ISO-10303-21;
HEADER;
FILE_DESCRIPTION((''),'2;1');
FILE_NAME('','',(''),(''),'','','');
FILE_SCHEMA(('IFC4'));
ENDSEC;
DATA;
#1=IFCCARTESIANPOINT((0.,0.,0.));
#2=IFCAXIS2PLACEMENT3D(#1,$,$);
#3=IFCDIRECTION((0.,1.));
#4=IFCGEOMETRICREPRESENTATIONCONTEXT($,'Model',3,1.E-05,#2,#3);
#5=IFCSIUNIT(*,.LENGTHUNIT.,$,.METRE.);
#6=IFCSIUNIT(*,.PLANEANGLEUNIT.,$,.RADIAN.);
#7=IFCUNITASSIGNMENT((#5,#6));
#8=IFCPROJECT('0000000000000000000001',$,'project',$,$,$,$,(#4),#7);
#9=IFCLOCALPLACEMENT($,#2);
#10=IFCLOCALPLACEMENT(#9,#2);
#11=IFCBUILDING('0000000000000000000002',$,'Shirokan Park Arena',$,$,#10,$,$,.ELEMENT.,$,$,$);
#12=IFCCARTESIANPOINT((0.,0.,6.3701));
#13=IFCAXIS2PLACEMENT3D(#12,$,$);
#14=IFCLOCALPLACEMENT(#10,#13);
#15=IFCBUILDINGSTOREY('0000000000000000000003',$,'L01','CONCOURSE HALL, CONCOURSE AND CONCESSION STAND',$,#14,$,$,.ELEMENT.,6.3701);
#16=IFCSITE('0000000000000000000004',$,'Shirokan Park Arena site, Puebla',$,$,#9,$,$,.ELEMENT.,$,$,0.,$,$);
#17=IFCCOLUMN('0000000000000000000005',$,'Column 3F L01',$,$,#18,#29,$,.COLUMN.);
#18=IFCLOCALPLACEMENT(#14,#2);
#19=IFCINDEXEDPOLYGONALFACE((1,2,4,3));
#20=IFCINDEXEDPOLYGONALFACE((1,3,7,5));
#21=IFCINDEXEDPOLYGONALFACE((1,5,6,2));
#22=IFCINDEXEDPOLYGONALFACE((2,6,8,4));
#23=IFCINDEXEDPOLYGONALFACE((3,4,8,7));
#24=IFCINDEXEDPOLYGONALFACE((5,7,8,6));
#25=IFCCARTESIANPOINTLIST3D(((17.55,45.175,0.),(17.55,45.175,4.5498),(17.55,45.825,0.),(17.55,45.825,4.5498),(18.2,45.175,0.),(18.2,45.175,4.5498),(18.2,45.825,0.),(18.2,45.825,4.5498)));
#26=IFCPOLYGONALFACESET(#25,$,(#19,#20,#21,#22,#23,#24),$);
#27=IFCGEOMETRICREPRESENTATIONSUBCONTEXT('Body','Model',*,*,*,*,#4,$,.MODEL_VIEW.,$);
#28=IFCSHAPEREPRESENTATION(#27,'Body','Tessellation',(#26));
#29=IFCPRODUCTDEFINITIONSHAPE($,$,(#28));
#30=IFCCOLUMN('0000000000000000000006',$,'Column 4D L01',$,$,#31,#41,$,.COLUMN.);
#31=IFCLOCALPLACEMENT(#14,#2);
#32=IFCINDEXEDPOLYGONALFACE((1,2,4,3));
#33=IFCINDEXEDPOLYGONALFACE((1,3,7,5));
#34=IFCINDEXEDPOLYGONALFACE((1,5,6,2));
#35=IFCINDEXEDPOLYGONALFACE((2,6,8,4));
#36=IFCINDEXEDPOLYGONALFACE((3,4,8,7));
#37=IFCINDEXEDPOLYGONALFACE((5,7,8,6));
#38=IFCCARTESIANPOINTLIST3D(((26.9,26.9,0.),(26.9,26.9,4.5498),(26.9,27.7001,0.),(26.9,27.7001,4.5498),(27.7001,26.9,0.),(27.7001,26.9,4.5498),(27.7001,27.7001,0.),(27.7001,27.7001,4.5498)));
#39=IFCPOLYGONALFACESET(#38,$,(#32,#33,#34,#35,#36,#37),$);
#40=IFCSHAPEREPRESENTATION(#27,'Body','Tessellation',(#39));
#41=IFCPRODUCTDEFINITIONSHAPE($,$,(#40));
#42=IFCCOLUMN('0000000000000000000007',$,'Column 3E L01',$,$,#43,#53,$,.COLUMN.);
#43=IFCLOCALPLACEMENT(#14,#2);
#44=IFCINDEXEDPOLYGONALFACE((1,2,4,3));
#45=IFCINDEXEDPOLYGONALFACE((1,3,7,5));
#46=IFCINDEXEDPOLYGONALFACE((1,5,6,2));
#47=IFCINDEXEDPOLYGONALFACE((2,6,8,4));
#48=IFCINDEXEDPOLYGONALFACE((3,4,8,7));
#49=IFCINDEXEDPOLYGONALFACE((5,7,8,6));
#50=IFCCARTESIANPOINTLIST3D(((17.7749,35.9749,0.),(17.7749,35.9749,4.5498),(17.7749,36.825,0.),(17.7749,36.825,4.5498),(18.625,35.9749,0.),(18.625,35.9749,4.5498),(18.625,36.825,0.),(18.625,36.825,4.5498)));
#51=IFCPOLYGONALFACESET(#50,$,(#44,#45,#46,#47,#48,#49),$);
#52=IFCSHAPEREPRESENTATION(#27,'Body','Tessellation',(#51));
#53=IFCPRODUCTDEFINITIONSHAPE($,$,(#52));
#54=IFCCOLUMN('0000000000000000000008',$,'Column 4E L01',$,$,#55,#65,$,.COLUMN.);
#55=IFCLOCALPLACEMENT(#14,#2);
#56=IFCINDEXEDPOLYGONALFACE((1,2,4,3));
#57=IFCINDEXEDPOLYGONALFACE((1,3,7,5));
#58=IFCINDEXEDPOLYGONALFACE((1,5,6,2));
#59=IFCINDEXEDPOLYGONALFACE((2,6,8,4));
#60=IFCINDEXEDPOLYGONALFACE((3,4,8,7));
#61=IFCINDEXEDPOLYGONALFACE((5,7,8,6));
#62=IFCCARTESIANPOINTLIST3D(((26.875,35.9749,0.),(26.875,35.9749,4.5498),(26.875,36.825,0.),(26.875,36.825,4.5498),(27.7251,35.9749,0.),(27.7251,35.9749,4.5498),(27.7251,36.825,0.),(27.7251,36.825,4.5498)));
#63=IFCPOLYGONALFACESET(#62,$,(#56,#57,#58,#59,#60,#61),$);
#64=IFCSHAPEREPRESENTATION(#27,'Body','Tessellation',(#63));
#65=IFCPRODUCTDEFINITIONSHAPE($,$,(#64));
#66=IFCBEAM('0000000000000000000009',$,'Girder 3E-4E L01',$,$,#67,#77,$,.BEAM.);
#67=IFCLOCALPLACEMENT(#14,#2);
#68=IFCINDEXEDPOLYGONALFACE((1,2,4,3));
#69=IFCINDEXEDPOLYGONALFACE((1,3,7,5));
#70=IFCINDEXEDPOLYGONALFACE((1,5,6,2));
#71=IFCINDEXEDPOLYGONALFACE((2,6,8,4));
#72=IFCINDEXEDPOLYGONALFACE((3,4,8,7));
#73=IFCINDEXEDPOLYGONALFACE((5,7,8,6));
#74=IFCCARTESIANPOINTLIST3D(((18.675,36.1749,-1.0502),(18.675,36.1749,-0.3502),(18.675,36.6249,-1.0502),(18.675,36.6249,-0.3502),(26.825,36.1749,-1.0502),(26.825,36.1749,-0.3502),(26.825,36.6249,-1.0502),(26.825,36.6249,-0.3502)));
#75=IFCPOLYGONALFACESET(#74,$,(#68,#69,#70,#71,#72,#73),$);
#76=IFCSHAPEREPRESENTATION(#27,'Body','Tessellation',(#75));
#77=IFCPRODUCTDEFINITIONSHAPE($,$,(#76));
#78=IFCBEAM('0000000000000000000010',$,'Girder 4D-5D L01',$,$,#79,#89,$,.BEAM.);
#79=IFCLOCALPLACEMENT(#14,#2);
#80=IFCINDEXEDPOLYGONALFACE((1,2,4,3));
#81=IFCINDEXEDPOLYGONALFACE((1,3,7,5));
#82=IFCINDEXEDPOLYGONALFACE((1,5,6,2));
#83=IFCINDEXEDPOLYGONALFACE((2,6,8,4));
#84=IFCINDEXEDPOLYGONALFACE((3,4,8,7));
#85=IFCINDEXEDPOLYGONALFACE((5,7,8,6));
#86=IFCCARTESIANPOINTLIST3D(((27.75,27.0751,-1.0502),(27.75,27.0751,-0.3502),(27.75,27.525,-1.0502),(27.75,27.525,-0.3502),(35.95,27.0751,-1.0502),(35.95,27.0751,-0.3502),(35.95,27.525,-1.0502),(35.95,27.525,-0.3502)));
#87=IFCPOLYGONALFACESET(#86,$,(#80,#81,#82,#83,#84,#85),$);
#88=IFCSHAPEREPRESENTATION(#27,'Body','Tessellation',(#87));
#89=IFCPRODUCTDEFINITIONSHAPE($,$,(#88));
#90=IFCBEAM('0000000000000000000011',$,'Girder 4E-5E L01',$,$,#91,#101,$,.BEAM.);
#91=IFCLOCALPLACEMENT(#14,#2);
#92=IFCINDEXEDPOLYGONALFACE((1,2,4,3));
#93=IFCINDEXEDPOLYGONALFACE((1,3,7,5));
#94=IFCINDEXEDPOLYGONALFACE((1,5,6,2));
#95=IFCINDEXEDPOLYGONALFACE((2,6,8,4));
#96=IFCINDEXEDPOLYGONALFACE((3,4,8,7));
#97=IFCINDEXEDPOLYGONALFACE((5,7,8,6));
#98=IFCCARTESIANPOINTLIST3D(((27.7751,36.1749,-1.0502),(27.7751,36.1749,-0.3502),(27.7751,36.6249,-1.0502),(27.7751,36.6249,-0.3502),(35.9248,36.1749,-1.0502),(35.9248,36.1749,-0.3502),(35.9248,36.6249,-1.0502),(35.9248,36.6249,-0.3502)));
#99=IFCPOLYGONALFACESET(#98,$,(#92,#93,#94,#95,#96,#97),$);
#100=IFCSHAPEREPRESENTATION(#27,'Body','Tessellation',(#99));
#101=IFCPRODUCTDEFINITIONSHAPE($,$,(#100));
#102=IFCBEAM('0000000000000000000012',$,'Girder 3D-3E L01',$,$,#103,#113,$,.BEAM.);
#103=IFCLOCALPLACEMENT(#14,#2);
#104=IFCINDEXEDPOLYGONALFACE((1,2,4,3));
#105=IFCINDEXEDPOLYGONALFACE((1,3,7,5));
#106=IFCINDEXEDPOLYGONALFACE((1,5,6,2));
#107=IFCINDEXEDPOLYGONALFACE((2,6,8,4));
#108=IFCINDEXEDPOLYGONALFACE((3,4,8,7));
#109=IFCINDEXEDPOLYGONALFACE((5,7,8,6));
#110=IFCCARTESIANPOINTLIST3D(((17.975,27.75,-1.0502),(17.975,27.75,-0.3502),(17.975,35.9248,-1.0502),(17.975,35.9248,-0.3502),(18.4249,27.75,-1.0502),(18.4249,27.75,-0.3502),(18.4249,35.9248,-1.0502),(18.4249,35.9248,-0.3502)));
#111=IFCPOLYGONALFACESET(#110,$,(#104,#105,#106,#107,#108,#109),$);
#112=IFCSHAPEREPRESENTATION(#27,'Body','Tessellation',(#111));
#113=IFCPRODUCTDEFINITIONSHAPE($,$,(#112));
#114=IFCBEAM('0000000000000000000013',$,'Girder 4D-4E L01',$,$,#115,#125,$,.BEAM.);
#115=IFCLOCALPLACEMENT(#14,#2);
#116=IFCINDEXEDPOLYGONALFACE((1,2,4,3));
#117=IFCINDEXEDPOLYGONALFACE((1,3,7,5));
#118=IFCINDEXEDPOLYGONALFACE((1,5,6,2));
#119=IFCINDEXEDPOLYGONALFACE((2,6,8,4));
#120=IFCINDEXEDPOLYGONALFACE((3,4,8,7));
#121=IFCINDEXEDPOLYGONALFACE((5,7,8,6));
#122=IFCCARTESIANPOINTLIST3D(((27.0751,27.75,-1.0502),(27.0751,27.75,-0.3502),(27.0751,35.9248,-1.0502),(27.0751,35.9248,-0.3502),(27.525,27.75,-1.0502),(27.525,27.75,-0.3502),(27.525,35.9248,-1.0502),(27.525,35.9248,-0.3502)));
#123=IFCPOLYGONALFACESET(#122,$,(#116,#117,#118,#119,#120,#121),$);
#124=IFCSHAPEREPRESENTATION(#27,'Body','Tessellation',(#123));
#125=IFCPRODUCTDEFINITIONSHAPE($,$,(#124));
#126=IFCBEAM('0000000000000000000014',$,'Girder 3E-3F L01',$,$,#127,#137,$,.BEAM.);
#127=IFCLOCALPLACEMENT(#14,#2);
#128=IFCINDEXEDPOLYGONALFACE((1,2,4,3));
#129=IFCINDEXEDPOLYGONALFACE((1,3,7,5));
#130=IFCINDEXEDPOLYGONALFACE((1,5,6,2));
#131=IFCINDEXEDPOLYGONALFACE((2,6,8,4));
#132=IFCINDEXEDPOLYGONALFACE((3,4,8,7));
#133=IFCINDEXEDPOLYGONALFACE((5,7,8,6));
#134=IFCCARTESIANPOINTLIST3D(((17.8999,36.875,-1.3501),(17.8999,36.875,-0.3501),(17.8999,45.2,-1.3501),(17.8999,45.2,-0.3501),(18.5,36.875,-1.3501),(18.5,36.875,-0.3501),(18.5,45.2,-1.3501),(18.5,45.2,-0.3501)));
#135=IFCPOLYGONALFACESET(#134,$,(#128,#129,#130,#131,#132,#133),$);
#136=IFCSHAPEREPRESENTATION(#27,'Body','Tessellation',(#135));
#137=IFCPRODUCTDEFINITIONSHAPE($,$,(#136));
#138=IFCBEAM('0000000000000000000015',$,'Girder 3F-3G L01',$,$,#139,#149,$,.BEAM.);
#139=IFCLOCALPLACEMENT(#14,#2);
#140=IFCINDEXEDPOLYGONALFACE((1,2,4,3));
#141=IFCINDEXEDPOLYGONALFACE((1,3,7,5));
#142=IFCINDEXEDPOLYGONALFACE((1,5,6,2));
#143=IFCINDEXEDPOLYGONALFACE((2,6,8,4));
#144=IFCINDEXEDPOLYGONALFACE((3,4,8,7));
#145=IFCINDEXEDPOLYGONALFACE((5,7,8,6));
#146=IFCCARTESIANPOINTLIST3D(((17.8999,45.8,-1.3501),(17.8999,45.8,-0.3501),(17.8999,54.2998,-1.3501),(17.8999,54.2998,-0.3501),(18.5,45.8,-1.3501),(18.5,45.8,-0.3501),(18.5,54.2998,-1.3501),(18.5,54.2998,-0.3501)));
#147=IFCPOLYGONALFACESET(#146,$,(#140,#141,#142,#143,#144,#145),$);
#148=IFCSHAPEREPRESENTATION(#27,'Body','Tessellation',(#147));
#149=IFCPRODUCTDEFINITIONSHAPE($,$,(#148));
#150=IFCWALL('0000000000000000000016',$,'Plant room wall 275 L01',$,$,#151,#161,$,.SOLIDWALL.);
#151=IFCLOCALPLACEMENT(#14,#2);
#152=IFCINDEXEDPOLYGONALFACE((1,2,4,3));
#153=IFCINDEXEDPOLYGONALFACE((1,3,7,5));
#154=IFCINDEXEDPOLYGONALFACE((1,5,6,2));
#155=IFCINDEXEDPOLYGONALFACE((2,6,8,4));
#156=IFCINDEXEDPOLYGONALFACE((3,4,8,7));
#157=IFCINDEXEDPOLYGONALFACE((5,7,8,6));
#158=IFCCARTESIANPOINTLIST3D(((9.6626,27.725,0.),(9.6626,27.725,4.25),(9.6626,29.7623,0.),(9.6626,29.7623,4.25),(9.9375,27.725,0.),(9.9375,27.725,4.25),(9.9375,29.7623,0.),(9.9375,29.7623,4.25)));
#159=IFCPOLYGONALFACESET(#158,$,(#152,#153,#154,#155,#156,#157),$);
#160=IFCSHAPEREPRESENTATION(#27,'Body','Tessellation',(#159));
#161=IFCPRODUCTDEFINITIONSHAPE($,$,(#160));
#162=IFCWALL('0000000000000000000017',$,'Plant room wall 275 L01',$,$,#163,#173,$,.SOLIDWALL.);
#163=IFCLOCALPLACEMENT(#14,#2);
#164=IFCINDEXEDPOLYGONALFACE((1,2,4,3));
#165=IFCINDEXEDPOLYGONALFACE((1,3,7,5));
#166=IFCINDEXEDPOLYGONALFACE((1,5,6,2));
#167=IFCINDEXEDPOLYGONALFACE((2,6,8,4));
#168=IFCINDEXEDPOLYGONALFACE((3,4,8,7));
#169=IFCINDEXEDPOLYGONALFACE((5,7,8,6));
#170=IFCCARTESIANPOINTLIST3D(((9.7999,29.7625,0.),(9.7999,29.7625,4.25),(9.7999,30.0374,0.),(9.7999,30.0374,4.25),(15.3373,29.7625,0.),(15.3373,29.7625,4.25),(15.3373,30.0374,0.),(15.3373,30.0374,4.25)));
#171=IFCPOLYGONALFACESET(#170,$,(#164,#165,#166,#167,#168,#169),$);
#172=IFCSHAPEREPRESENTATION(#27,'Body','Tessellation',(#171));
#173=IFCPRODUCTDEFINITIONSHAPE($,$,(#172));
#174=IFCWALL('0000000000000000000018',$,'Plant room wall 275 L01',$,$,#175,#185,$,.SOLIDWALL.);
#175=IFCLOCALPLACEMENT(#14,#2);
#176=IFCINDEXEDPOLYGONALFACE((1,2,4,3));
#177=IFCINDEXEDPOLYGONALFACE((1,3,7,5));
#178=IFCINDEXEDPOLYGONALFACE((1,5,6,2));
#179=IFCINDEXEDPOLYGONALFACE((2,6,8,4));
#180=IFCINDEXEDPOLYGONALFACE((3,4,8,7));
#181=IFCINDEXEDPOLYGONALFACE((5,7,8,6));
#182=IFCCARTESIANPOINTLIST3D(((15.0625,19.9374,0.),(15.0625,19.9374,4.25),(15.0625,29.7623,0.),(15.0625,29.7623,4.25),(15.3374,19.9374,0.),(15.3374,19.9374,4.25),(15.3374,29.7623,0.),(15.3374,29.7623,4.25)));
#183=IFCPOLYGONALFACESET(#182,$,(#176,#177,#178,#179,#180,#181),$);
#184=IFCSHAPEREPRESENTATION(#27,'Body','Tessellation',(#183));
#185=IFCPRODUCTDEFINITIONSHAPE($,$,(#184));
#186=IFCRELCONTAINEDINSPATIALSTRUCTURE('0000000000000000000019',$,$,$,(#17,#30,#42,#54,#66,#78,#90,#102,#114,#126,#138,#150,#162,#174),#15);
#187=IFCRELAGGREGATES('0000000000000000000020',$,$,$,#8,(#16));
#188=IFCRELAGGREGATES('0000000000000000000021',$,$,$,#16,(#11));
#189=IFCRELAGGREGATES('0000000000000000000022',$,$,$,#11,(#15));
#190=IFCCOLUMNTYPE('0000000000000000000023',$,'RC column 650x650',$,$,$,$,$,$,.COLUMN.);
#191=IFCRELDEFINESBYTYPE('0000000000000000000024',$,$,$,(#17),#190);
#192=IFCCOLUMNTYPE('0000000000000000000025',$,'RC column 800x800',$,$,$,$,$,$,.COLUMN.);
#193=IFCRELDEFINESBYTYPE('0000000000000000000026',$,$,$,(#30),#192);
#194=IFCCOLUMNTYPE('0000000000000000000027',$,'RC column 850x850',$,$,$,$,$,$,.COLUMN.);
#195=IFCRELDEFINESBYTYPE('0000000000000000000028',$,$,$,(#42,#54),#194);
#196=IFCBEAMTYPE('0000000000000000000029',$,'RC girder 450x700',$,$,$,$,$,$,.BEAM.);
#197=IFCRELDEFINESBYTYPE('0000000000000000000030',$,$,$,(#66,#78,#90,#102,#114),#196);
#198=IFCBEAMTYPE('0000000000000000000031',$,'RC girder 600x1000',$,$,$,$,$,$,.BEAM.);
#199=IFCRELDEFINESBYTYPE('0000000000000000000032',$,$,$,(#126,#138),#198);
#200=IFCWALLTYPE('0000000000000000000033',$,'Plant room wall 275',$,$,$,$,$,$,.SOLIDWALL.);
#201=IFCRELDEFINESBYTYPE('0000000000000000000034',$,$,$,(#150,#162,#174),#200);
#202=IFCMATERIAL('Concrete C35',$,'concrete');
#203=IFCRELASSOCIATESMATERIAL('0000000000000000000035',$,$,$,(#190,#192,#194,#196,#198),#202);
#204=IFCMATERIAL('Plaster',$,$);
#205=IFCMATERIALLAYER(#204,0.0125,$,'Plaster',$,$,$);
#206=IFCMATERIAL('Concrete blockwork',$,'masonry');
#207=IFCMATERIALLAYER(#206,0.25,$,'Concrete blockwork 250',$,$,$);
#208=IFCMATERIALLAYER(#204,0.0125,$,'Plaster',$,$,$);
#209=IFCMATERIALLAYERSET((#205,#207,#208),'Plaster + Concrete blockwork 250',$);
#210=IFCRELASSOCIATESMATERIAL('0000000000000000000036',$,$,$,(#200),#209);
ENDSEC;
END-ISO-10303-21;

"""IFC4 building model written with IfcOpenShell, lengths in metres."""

from ifc_helpers import new_model, si_unit, direction, frame, frame_2d, origin, origin_2d, place, context, subcontext, project, spatial, rectangle, extrude, material, layer, layer_set, material_profile, profile_set, type_object, element, save


model = new_model("IFC4")

# Units and contexts
model_context = context("Model", 3, precision=1e-05, world=origin(), true_north=direction((0.0, 1.0)))
body_context = subcontext(model_context, "Body", "Model", "MODEL_VIEW")
ifc_project = project(units=[si_unit("LENGTHUNIT", "METRE"), si_unit("PLANEANGLEUNIT", "RADIAN")], contexts=[model_context])

# Site, building, storey
site_placement = place(None, origin())
site = spatial("IfcSite", under=ifc_project, at=site_placement, Name="Shirokan Park Arena site, Puebla", CompositionType="ELEMENT", RefElevation=0.0)
building_placement = place(site_placement, origin())
building = spatial("IfcBuilding", under=site, at=building_placement, Name="Shirokan Park Arena", CompositionType="ELEMENT")
storey_placement = place(building_placement, frame((0.0, 0.0, 6.3701)))
storey = spatial("IfcBuildingStorey", under=building, at=storey_placement, Name="L01", Description="CONCOURSE HALL, CONCOURSE AND CONCESSION STAND", CompositionType="ELEMENT", Elevation=6.3701)

# Columns
ifc_material_1 = material(Name="Concrete C35", Category="concrete")
ifc_material_profile_1 = material_profile(ifc_material_1, rectangle(XDim=0.6499, YDim=0.6499, at=origin_2d()), Name="650x650")
ifc_profile_set_1 = profile_set([ifc_material_profile_1], Name="Concrete C35")
column_type_1 = type_object("IfcColumnType", Name="RC column 650x650", PredefinedType="COLUMN", material=ifc_profile_set_1)
column_1_placement = place(storey_placement, frame((17.875, 45.5, 0.0), z_axis=(0.0, 0.0, 1.0), x_axis=(1.0, 0.0, 0.0)))
element("IfcColumn", 1, at=column_1_placement, inside=storey, type_object=column_type_1, Name="Column 3F L01", PredefinedType="COLUMN", context=body_context, shape_type="SweptSolid", body=[
    extrude(rectangle(XDim=0.6499, YDim=0.6499, at=origin_2d()), origin(), (0.0, 0.0, 1.0), 4.5498),
])
ifc_material_profile_2 = material_profile(ifc_material_1, rectangle(XDim=0.8, YDim=0.8, at=origin_2d()), Name="800x800")
ifc_profile_set_2 = profile_set([ifc_material_profile_2], Name="Concrete C35")
column_type_2 = type_object("IfcColumnType", Name="RC column 800x800", PredefinedType="COLUMN", material=ifc_profile_set_2)
column_2_placement = place(storey_placement, frame((27.3, 27.3, 0.0), z_axis=(0.0, 0.0, 1.0), x_axis=(1.0, 0.0, 0.0)))
element("IfcColumn", 2, at=column_2_placement, inside=storey, type_object=column_type_2, Name="Column 4D L01", PredefinedType="COLUMN", context=body_context, shape_type="SweptSolid", body=[
    extrude(rectangle(XDim=0.8, YDim=0.8, at=origin_2d()), origin(), (0.0, 0.0, 1.0), 4.5498),
])
ifc_material_profile_3 = material_profile(ifc_material_1, rectangle(XDim=0.8501, YDim=0.8501, at=origin_2d()), Name="850x850")
ifc_profile_set_3 = profile_set([ifc_material_profile_3], Name="Concrete C35")
column_type_3 = type_object("IfcColumnType", Name="RC column 850x850", PredefinedType="COLUMN", material=ifc_profile_set_3)
for number, where, z_axis, x_axis, name in (
    (3, (18.2, 36.3999, 0.0), (0.0, 0.0, 1.0), (1.0, 0.0, 0.0), "Column 3E L01"),
    (4, (27.3, 36.3999, 0.0), (0.0, 0.0, 1.0), (1.0, 0.0, 0.0), "Column 4E L01"),
):
    element("IfcColumn", number, at=place(storey_placement, frame(where, z_axis=z_axis, x_axis=x_axis)), inside=storey, type_object=column_type_3, Name=name, PredefinedType="COLUMN", context=body_context, shape_type="SweptSolid", body=[
        extrude(rectangle(XDim=0.8501, YDim=0.8501, at=origin_2d()), origin(), (0.0, 0.0, 1.0), 4.5498),
    ])

# Beams
ifc_material_profile_4 = material_profile(ifc_material_1, rectangle(XDim=0.45, YDim=0.7, at=origin_2d()), Name="450x700")
ifc_profile_set_4 = profile_set([ifc_material_profile_4], Name="Concrete C35")
beam_type_1 = type_object("IfcBeamType", Name="RC girder 450x700", PredefinedType="BEAM", material=ifc_profile_set_4)
beam_1_placement = place(storey_placement, frame((18.675, 36.3999, -0.7002), z_axis=(1.0, 0.0, 0.0), x_axis=(0.0, 1.0, 0.0)))
element("IfcBeam", 5, at=beam_1_placement, inside=storey, type_object=beam_type_1, Name="Girder 3E-4E L01", PredefinedType="BEAM", context=body_context, shape_type="SweptSolid", body=[
    extrude(rectangle(XDim=0.45, YDim=0.7, at=origin_2d()), origin(), (0.0, 0.0, 1.0), 8.1499),
])
beam_2_placement = place(storey_placement, frame((27.75, 27.3, -0.7002), z_axis=(1.0, 0.0, 0.0), x_axis=(0.0, 1.0, 0.0)))
element("IfcBeam", 6, at=beam_2_placement, inside=storey, type_object=beam_type_1, Name="Girder 4D-5D L01", PredefinedType="BEAM", context=body_context, shape_type="SweptSolid", body=[
    extrude(rectangle(XDim=0.45, YDim=0.7, at=origin_2d()), origin(), (0.0, 0.0, 1.0), 8.2),
])
beam_3_placement = place(storey_placement, frame((27.7751, 36.3999, -0.7002), z_axis=(1.0, 0.0, 0.0), x_axis=(0.0, 1.0, 0.0)))
element("IfcBeam", 7, at=beam_3_placement, inside=storey, type_object=beam_type_1, Name="Girder 4E-5E L01", PredefinedType="BEAM", context=body_context, shape_type="SweptSolid", body=[
    extrude(rectangle(XDim=0.45, YDim=0.7, at=origin_2d()), origin(), (0.0, 0.0, 1.0), 8.1497),
])
for number, where, z_axis, x_axis, name in (
    (8, (18.2, 27.75, -0.7002), (0.0, 1.0, 0.0), (-1.0, 0.0, 0.0), "Girder 3D-3E L01"),
    (9, (27.3, 27.75, -0.7002), (0.0, 1.0, 0.0), (-1.0, 0.0, 0.0), "Girder 4D-4E L01"),
):
    element("IfcBeam", number, at=place(storey_placement, frame(where, z_axis=z_axis, x_axis=x_axis)), inside=storey, type_object=beam_type_1, Name=name, PredefinedType="BEAM", context=body_context, shape_type="SweptSolid", body=[
        extrude(rectangle(XDim=0.45, YDim=0.7, at=origin_2d()), origin(), (0.0, 0.0, 1.0), 8.1748),
    ])
ifc_material_profile_5 = material_profile(ifc_material_1, rectangle(XDim=0.6001, YDim=1.0, at=origin_2d()), Name="600x1000")
ifc_profile_set_5 = profile_set([ifc_material_profile_5], Name="Concrete C35")
beam_type_2 = type_object("IfcBeamType", Name="RC girder 600x1000", PredefinedType="BEAM", material=ifc_profile_set_5)
beam_4_placement = place(storey_placement, frame((18.2, 36.875, -0.8501), z_axis=(0.0, 1.0, 0.0), x_axis=(-1.0, 0.0, 0.0)))
element("IfcBeam", 10, at=beam_4_placement, inside=storey, type_object=beam_type_2, Name="Girder 3E-3F L01", PredefinedType="BEAM", context=body_context, shape_type="SweptSolid", body=[
    extrude(rectangle(XDim=0.6001, YDim=1.0, at=origin_2d()), origin(), (0.0, 0.0, 1.0), 8.325),
])
beam_5_placement = place(storey_placement, frame((18.2, 45.8, -0.8501), z_axis=(0.0, 1.0, 0.0), x_axis=(-1.0, 0.0, 0.0)))
element("IfcBeam", 11, at=beam_5_placement, inside=storey, type_object=beam_type_2, Name="Girder 3F-3G L01", PredefinedType="BEAM", context=body_context, shape_type="SweptSolid", body=[
    extrude(rectangle(XDim=0.6001, YDim=1.0, at=origin_2d()), origin(), (0.0, 0.0, 1.0), 8.4998),
])

# Walls
ifc_material_2 = material(Name="Plaster")
ifc_layer_1 = layer(ifc_material_2, 0.0125, Name="Plaster")
ifc_material_3 = material(Name="Concrete blockwork", Category="masonry")
ifc_layer_2 = layer(ifc_material_3, 0.25, Name="Concrete blockwork 250")
ifc_layer_3 = layer(ifc_material_2, 0.0125, Name="Plaster")
ifc_layer_set_1 = layer_set([ifc_layer_1, ifc_layer_2, ifc_layer_3], Name="Plaster + Concrete blockwork 250")
wall_type_1 = type_object("IfcWallType", Name="Plant room wall 275", PredefinedType="SOLIDWALL", material=ifc_layer_set_1)
wall_1_placement = place(storey_placement, frame((9.8, 27.7251, 0.0), z_axis=(0.0, 0.0, 1.0), x_axis=(0.0, 1.0, 0.0)))
element("IfcWall", 12, at=wall_1_placement, inside=storey, type_object=wall_type_1, Name="Plant room wall 275 L01", PredefinedType="SOLIDWALL", context=body_context, shape_type="SweptSolid", body=[
    extrude(rectangle(XDim=2.0374, YDim=0.2749, at=frame_2d((1.0186, 0.0))), origin(), (0.0, 0.0, 1.0), 4.25),
])
wall_2_placement = place(storey_placement, frame((9.8, 29.8999, 0.0), z_axis=(0.0, 0.0, 1.0), x_axis=(1.0, 0.0, 0.0)))
element("IfcWall", 13, at=wall_2_placement, inside=storey, type_object=wall_type_1, Name="Plant room wall 275 L01", PredefinedType="SOLIDWALL", context=body_context, shape_type="SweptSolid", body=[
    extrude(rectangle(XDim=5.5374, YDim=0.2749, at=frame_2d((2.7686, 0.0))), origin(), (0.0, 0.0, 1.0), 4.25),
])
wall_3_placement = place(storey_placement, frame((15.2, 29.7625, 0.0), z_axis=(0.0, 0.0, 1.0), x_axis=(0.0, -1.0, 0.0)))
element("IfcWall", 14, at=wall_3_placement, inside=storey, type_object=wall_type_1, Name="Plant room wall 275 L01", PredefinedType="SOLIDWALL", context=body_context, shape_type="SweptSolid", body=[
    extrude(rectangle(XDim=9.825, YDim=0.2749, at=frame_2d((4.9126, 0.0))), origin(), (0.0, 0.0, 1.0), 4.25),
])

save(model, "model.ifc")
